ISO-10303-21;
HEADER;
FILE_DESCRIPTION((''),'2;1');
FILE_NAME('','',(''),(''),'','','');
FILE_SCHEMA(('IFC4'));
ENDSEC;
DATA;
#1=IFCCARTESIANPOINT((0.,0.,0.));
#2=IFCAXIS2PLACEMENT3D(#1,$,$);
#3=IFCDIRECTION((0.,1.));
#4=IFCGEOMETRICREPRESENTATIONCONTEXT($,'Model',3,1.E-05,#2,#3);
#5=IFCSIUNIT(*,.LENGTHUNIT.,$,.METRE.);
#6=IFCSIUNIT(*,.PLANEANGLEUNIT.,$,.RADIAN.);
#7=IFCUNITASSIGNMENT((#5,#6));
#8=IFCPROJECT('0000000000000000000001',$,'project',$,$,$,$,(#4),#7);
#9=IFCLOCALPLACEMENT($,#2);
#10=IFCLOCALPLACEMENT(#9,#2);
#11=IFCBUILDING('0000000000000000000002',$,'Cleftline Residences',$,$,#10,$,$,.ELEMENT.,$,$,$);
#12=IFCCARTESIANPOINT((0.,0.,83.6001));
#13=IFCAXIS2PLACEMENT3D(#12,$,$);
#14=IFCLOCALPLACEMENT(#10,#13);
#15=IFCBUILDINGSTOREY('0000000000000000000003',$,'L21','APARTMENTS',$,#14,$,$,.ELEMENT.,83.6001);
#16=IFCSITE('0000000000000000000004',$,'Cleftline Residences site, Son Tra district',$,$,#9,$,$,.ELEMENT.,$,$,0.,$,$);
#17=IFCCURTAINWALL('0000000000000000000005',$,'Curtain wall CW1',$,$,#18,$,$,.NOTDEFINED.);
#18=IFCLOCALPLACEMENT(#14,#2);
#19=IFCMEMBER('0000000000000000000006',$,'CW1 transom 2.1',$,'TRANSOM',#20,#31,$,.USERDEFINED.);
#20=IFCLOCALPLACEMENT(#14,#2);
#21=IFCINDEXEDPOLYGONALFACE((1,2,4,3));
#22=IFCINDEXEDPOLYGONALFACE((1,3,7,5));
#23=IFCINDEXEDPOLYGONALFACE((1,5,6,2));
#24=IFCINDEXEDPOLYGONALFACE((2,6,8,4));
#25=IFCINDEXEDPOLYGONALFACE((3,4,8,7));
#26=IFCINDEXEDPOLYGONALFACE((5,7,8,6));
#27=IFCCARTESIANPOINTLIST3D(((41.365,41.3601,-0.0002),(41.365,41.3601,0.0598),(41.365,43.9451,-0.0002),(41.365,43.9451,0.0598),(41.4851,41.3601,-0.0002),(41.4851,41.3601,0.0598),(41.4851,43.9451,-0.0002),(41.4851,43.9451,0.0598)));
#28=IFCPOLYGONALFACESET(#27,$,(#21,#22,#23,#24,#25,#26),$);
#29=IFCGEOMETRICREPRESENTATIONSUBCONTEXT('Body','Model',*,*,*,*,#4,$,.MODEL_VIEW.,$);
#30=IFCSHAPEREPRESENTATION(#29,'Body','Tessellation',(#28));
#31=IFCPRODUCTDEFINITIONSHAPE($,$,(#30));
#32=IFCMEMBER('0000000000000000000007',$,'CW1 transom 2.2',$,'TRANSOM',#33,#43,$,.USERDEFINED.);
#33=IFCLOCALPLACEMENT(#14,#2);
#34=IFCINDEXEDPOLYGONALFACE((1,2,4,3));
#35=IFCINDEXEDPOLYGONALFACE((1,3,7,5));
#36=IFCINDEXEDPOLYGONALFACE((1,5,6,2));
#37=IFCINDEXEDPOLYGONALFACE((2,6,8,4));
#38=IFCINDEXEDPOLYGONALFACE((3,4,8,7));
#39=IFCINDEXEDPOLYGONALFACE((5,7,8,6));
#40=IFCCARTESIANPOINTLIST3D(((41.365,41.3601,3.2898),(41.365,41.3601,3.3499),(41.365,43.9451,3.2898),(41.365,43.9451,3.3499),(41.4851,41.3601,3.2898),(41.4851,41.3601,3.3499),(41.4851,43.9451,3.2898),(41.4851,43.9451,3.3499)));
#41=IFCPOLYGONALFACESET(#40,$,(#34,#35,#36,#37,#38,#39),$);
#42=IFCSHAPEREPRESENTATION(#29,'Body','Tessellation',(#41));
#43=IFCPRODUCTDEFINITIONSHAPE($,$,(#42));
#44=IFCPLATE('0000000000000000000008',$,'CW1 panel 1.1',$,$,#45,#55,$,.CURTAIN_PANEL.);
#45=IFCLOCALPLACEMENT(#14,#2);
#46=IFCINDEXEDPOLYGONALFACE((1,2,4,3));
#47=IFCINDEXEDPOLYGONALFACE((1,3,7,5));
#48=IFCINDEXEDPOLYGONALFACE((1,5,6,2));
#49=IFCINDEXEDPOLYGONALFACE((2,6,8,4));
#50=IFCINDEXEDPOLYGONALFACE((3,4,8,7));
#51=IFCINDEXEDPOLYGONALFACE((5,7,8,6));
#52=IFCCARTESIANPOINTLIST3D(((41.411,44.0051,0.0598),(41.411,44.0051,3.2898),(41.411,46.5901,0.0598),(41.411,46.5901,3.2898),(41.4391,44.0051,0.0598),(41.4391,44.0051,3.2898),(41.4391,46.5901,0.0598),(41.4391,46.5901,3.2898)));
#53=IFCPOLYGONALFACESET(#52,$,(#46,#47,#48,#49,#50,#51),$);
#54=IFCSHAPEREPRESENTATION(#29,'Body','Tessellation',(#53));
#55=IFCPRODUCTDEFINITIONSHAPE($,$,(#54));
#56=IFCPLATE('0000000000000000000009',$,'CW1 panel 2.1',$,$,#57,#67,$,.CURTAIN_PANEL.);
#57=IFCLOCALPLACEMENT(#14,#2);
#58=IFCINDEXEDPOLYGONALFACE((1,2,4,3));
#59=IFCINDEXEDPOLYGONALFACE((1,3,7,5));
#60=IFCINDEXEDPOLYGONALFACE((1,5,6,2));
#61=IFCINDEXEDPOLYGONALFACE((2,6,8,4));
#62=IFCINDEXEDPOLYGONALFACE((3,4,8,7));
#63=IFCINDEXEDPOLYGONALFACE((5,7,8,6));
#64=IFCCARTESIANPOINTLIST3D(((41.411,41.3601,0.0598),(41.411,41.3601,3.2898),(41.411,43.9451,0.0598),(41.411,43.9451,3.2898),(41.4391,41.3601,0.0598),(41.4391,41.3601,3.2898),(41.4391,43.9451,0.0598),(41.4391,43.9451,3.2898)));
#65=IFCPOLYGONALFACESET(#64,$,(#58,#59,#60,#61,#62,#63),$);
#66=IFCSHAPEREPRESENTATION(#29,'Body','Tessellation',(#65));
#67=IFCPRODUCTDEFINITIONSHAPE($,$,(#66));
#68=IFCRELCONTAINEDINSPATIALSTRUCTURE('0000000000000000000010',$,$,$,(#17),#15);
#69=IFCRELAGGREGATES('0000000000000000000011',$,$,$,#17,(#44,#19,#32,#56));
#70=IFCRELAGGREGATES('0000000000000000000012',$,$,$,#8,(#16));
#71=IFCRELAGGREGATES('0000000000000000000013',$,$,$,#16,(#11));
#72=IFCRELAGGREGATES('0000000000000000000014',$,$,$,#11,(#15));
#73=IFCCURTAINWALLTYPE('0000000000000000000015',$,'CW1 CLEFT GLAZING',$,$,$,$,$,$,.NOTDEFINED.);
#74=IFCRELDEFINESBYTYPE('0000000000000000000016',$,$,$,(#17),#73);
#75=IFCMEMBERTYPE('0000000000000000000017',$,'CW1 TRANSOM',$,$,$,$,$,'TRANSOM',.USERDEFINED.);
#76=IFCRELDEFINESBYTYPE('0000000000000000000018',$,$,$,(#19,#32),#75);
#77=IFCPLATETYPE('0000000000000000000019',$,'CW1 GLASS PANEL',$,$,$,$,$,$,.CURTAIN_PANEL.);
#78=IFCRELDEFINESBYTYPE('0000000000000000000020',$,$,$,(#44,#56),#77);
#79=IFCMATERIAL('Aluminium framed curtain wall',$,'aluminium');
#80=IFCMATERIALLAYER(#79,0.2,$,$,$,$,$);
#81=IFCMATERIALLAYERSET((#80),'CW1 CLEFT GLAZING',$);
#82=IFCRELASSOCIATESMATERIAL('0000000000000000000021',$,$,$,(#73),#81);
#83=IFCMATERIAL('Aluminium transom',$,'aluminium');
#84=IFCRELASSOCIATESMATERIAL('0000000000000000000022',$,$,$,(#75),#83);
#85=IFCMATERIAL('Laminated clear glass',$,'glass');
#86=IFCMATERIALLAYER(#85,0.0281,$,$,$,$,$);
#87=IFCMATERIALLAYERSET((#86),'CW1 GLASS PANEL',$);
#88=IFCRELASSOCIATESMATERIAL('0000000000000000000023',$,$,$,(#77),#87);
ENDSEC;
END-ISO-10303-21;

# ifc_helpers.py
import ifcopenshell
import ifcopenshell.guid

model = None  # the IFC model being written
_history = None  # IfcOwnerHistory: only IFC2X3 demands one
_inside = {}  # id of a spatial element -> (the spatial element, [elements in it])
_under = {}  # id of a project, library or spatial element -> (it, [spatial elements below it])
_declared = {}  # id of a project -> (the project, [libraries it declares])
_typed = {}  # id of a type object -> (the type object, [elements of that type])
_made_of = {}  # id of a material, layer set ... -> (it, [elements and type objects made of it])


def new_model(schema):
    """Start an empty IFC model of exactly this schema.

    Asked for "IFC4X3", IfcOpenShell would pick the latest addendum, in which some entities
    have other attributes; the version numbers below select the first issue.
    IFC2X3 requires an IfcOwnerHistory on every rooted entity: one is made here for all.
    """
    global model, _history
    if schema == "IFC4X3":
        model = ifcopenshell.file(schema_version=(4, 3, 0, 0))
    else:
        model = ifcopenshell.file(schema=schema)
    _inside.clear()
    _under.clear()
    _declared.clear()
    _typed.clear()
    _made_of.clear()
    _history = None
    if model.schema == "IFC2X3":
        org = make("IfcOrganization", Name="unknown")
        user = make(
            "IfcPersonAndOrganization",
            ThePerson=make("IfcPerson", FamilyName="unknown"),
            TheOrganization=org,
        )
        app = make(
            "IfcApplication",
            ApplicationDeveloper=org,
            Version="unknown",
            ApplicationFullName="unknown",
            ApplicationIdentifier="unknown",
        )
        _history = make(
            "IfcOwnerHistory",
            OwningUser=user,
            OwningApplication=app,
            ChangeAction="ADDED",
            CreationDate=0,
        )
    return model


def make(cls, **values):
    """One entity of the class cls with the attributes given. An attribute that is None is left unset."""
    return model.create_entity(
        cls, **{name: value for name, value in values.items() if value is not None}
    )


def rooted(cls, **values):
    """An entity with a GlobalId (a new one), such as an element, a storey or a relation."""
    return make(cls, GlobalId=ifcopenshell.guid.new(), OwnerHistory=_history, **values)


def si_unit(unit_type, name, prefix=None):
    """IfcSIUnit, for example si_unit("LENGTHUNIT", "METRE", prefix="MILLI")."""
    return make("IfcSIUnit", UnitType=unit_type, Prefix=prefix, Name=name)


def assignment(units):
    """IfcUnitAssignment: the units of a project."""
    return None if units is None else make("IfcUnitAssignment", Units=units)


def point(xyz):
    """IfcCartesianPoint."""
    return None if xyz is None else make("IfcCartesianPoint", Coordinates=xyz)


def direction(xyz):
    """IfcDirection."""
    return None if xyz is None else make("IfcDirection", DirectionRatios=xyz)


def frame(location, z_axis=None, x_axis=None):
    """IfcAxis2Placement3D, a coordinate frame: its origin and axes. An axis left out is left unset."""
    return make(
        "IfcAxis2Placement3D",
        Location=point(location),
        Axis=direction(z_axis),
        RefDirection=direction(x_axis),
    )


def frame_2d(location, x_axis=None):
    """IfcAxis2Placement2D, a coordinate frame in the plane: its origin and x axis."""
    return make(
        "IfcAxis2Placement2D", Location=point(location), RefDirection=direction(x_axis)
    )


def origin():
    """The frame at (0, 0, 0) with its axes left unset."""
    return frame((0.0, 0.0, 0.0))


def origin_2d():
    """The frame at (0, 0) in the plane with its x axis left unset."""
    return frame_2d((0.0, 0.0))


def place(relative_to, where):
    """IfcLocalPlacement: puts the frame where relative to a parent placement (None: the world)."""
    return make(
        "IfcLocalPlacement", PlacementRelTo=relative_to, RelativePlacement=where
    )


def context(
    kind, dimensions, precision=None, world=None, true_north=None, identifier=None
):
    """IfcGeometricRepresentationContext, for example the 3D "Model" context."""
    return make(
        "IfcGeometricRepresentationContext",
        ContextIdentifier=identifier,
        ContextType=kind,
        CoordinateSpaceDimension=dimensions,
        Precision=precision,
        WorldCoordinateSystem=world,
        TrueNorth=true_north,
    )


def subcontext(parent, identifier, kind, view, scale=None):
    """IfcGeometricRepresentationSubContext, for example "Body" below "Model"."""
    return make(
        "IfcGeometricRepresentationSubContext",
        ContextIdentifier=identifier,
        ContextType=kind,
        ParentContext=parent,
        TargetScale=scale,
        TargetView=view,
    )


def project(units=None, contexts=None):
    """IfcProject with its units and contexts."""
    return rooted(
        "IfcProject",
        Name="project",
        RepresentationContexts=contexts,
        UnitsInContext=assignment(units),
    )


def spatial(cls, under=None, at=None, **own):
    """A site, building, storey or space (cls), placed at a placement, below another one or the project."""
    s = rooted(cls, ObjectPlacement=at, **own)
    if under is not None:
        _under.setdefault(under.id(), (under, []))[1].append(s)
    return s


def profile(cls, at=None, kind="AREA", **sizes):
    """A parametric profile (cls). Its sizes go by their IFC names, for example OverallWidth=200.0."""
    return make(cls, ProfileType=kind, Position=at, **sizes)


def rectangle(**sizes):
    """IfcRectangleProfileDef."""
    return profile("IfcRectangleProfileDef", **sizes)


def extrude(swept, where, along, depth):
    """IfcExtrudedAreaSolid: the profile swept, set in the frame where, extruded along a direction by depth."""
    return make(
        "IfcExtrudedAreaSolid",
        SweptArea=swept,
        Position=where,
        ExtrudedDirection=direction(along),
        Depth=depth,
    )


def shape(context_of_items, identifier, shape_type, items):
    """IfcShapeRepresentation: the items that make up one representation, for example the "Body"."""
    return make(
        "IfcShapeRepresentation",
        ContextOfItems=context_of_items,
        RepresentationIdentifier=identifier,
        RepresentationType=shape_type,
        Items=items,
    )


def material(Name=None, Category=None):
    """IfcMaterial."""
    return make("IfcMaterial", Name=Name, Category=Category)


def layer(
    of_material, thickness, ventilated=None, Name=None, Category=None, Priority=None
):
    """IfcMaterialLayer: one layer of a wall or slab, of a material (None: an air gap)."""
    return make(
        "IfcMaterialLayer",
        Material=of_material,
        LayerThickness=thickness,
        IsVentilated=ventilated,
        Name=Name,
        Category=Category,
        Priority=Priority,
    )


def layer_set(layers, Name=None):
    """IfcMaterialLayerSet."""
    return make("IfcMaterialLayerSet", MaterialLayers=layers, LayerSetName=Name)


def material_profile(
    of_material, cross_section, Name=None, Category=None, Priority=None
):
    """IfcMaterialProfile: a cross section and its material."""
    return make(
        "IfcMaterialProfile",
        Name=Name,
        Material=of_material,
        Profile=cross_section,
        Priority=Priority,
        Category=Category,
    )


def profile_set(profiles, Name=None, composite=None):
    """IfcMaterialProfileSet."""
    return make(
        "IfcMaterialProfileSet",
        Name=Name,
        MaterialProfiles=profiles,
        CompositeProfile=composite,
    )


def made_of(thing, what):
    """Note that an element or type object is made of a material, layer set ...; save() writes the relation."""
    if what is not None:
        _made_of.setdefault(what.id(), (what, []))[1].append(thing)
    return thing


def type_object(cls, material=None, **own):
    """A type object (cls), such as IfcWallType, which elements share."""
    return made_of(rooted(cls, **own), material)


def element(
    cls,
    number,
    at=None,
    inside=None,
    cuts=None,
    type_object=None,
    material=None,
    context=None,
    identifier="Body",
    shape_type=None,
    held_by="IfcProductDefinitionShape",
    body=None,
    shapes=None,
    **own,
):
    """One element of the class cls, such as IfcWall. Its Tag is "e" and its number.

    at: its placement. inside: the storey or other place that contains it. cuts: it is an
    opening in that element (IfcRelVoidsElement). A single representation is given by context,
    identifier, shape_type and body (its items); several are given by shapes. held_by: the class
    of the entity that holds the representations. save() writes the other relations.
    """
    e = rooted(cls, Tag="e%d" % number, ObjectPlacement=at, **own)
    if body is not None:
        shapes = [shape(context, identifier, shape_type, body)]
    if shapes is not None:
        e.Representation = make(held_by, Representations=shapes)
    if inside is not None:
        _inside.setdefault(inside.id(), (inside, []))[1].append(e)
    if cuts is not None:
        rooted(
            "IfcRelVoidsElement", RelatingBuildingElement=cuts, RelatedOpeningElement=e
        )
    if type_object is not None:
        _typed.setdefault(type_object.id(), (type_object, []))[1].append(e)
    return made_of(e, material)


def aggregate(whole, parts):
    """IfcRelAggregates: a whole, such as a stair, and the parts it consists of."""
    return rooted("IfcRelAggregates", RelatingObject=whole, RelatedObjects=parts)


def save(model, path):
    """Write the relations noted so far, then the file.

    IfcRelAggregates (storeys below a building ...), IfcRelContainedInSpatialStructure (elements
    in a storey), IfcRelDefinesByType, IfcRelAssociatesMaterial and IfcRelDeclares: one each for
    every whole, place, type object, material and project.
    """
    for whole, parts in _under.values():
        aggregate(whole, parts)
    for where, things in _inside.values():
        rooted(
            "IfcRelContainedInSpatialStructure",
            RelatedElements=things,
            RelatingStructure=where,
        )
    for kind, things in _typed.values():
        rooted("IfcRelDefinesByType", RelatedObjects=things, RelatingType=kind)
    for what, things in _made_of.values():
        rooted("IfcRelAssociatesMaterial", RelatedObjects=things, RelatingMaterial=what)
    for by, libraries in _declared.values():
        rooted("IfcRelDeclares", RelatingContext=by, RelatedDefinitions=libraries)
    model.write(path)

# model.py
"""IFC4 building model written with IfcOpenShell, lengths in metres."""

from ifc_helpers import new_model, si_unit, direction, frame, origin, origin_2d, place, context, subcontext, project, spatial, rectangle, extrude, material, layer, layer_set, material_profile, profile_set, type_object, element, aggregate, save


model = new_model("IFC4")

# Units and contexts
model_context = context("Model", 3, precision=1e-05, world=origin(), true_north=direction((0.0, 1.0)))
body_context = subcontext(model_context, "Body", "Model", "MODEL_VIEW")
ifc_project = project(units=[si_unit("LENGTHUNIT", "METRE"), si_unit("PLANEANGLEUNIT", "RADIAN")], contexts=[model_context])

# Site, building, storey
site_placement = place(None, origin())
site = spatial("IfcSite", under=ifc_project, at=site_placement, Name="Cleftline Residences site, Son Tra district", CompositionType="ELEMENT", RefElevation=0.0)
building_placement = place(site_placement, origin())
building = spatial("IfcBuilding", under=site, at=building_placement, Name="Cleftline Residences", CompositionType="ELEMENT")
storey_placement = place(building_placement, frame((0.0, 0.0, 83.6001)))
storey = spatial("IfcBuildingStorey", under=building, at=storey_placement, Name="L21", Description="APARTMENTS", CompositionType="ELEMENT", Elevation=83.6001)

# Curtain wall, members, plates
ifc_material_1 = material(Name="Aluminium framed curtain wall", Category="aluminium")
ifc_layer_1 = layer(ifc_material_1, 0.2)
ifc_layer_set_1 = layer_set([ifc_layer_1], Name="CW1 CLEFT GLAZING")
curtain_wall_type = type_object("IfcCurtainWallType", Name="CW1 CLEFT GLAZING", PredefinedType="NOTDEFINED", material=ifc_layer_set_1)
curtain_wall_placement = place(storey_placement, origin())
curtain_wall = element("IfcCurtainWall", 1, at=curtain_wall_placement, inside=storey, type_object=curtain_wall_type, Name="Curtain wall CW1", PredefinedType="NOTDEFINED")
ifc_material_2 = material(Name="Aluminium transom", Category="aluminium")
ifc_material_profile_1 = material_profile(ifc_material_2, rectangle(XDim=0.1201, YDim=0.0601, at=origin_2d()))
ifc_profile_set_1 = profile_set([ifc_material_profile_1], Name="Aluminium transom")
member_type_1 = type_object("IfcMemberType", Name="CW1 TRANSOM", ElementType="TRANSOM", PredefinedType="USERDEFINED", material=ifc_profile_set_1)
member_1_placement = place(storey_placement, frame((41.425, 43.9451, 0.0298), z_axis=(0.0, -1.0, 0.0), x_axis=(1.0, 0.0, 0.0)))
member_1 = element("IfcMember", 2, at=member_1_placement, type_object=member_type_1, Name="CW1 transom 2.1", ObjectType="TRANSOM", PredefinedType="USERDEFINED", context=body_context, shape_type="SweptSolid", body=[
    extrude(rectangle(XDim=0.1201, YDim=0.0601, at=origin_2d()), origin(), (0.0, 0.0, 1.0), 2.585),
])
member_2_placement = place(storey_placement, frame((41.425, 43.9451, 3.3198), z_axis=(0.0, -1.0, 0.0), x_axis=(1.0, 0.0, 0.0)))
member_2 = element("IfcMember", 3, at=member_2_placement, type_object=member_type_1, Name="CW1 transom 2.2", ObjectType="TRANSOM", PredefinedType="USERDEFINED", context=body_context, shape_type="SweptSolid", body=[
    extrude(rectangle(XDim=0.1201, YDim=0.0601, at=origin_2d()), origin(), (0.0, 0.0, 1.0), 2.585),
])
ifc_material_3 = material(Name="Laminated clear glass", Category="glass")
ifc_layer_2 = layer(ifc_material_3, 0.0281)
ifc_layer_set_2 = layer_set([ifc_layer_2], Name="CW1 GLASS PANEL")
plate_type = type_object("IfcPlateType", Name="CW1 GLASS PANEL", PredefinedType="CURTAIN_PANEL", material=ifc_layer_set_2)
plate_1_placement = place(storey_placement, frame((41.425, 45.2976, 0.0598), z_axis=(0.0, 0.0, 1.0), x_axis=(0.0, -1.0, 0.0)))
plate_1 = element("IfcPlate", 4, at=plate_1_placement, type_object=plate_type, Name="CW1 panel 1.1", PredefinedType="CURTAIN_PANEL", context=body_context, shape_type="SweptSolid", body=[
    extrude(rectangle(XDim=2.585, YDim=0.0281, at=origin_2d()), origin(), (0.0, 0.0, 1.0), 3.23),
])
plate_2_placement = place(storey_placement, frame((41.425, 42.6526, 0.0598), z_axis=(0.0, 0.0, 1.0), x_axis=(0.0, -1.0, 0.0)))
plate_2 = element("IfcPlate", 5, at=plate_2_placement, type_object=plate_type, Name="CW1 panel 2.1", PredefinedType="CURTAIN_PANEL", context=body_context, shape_type="SweptSolid", body=[
    extrude(rectangle(XDim=2.585, YDim=0.0281, at=origin_2d()), origin(), (0.0, 0.0, 1.0), 3.23),
])
aggregate(curtain_wall, [plate_1, member_1, member_2, plate_2])

save(model, "model.ifc")
